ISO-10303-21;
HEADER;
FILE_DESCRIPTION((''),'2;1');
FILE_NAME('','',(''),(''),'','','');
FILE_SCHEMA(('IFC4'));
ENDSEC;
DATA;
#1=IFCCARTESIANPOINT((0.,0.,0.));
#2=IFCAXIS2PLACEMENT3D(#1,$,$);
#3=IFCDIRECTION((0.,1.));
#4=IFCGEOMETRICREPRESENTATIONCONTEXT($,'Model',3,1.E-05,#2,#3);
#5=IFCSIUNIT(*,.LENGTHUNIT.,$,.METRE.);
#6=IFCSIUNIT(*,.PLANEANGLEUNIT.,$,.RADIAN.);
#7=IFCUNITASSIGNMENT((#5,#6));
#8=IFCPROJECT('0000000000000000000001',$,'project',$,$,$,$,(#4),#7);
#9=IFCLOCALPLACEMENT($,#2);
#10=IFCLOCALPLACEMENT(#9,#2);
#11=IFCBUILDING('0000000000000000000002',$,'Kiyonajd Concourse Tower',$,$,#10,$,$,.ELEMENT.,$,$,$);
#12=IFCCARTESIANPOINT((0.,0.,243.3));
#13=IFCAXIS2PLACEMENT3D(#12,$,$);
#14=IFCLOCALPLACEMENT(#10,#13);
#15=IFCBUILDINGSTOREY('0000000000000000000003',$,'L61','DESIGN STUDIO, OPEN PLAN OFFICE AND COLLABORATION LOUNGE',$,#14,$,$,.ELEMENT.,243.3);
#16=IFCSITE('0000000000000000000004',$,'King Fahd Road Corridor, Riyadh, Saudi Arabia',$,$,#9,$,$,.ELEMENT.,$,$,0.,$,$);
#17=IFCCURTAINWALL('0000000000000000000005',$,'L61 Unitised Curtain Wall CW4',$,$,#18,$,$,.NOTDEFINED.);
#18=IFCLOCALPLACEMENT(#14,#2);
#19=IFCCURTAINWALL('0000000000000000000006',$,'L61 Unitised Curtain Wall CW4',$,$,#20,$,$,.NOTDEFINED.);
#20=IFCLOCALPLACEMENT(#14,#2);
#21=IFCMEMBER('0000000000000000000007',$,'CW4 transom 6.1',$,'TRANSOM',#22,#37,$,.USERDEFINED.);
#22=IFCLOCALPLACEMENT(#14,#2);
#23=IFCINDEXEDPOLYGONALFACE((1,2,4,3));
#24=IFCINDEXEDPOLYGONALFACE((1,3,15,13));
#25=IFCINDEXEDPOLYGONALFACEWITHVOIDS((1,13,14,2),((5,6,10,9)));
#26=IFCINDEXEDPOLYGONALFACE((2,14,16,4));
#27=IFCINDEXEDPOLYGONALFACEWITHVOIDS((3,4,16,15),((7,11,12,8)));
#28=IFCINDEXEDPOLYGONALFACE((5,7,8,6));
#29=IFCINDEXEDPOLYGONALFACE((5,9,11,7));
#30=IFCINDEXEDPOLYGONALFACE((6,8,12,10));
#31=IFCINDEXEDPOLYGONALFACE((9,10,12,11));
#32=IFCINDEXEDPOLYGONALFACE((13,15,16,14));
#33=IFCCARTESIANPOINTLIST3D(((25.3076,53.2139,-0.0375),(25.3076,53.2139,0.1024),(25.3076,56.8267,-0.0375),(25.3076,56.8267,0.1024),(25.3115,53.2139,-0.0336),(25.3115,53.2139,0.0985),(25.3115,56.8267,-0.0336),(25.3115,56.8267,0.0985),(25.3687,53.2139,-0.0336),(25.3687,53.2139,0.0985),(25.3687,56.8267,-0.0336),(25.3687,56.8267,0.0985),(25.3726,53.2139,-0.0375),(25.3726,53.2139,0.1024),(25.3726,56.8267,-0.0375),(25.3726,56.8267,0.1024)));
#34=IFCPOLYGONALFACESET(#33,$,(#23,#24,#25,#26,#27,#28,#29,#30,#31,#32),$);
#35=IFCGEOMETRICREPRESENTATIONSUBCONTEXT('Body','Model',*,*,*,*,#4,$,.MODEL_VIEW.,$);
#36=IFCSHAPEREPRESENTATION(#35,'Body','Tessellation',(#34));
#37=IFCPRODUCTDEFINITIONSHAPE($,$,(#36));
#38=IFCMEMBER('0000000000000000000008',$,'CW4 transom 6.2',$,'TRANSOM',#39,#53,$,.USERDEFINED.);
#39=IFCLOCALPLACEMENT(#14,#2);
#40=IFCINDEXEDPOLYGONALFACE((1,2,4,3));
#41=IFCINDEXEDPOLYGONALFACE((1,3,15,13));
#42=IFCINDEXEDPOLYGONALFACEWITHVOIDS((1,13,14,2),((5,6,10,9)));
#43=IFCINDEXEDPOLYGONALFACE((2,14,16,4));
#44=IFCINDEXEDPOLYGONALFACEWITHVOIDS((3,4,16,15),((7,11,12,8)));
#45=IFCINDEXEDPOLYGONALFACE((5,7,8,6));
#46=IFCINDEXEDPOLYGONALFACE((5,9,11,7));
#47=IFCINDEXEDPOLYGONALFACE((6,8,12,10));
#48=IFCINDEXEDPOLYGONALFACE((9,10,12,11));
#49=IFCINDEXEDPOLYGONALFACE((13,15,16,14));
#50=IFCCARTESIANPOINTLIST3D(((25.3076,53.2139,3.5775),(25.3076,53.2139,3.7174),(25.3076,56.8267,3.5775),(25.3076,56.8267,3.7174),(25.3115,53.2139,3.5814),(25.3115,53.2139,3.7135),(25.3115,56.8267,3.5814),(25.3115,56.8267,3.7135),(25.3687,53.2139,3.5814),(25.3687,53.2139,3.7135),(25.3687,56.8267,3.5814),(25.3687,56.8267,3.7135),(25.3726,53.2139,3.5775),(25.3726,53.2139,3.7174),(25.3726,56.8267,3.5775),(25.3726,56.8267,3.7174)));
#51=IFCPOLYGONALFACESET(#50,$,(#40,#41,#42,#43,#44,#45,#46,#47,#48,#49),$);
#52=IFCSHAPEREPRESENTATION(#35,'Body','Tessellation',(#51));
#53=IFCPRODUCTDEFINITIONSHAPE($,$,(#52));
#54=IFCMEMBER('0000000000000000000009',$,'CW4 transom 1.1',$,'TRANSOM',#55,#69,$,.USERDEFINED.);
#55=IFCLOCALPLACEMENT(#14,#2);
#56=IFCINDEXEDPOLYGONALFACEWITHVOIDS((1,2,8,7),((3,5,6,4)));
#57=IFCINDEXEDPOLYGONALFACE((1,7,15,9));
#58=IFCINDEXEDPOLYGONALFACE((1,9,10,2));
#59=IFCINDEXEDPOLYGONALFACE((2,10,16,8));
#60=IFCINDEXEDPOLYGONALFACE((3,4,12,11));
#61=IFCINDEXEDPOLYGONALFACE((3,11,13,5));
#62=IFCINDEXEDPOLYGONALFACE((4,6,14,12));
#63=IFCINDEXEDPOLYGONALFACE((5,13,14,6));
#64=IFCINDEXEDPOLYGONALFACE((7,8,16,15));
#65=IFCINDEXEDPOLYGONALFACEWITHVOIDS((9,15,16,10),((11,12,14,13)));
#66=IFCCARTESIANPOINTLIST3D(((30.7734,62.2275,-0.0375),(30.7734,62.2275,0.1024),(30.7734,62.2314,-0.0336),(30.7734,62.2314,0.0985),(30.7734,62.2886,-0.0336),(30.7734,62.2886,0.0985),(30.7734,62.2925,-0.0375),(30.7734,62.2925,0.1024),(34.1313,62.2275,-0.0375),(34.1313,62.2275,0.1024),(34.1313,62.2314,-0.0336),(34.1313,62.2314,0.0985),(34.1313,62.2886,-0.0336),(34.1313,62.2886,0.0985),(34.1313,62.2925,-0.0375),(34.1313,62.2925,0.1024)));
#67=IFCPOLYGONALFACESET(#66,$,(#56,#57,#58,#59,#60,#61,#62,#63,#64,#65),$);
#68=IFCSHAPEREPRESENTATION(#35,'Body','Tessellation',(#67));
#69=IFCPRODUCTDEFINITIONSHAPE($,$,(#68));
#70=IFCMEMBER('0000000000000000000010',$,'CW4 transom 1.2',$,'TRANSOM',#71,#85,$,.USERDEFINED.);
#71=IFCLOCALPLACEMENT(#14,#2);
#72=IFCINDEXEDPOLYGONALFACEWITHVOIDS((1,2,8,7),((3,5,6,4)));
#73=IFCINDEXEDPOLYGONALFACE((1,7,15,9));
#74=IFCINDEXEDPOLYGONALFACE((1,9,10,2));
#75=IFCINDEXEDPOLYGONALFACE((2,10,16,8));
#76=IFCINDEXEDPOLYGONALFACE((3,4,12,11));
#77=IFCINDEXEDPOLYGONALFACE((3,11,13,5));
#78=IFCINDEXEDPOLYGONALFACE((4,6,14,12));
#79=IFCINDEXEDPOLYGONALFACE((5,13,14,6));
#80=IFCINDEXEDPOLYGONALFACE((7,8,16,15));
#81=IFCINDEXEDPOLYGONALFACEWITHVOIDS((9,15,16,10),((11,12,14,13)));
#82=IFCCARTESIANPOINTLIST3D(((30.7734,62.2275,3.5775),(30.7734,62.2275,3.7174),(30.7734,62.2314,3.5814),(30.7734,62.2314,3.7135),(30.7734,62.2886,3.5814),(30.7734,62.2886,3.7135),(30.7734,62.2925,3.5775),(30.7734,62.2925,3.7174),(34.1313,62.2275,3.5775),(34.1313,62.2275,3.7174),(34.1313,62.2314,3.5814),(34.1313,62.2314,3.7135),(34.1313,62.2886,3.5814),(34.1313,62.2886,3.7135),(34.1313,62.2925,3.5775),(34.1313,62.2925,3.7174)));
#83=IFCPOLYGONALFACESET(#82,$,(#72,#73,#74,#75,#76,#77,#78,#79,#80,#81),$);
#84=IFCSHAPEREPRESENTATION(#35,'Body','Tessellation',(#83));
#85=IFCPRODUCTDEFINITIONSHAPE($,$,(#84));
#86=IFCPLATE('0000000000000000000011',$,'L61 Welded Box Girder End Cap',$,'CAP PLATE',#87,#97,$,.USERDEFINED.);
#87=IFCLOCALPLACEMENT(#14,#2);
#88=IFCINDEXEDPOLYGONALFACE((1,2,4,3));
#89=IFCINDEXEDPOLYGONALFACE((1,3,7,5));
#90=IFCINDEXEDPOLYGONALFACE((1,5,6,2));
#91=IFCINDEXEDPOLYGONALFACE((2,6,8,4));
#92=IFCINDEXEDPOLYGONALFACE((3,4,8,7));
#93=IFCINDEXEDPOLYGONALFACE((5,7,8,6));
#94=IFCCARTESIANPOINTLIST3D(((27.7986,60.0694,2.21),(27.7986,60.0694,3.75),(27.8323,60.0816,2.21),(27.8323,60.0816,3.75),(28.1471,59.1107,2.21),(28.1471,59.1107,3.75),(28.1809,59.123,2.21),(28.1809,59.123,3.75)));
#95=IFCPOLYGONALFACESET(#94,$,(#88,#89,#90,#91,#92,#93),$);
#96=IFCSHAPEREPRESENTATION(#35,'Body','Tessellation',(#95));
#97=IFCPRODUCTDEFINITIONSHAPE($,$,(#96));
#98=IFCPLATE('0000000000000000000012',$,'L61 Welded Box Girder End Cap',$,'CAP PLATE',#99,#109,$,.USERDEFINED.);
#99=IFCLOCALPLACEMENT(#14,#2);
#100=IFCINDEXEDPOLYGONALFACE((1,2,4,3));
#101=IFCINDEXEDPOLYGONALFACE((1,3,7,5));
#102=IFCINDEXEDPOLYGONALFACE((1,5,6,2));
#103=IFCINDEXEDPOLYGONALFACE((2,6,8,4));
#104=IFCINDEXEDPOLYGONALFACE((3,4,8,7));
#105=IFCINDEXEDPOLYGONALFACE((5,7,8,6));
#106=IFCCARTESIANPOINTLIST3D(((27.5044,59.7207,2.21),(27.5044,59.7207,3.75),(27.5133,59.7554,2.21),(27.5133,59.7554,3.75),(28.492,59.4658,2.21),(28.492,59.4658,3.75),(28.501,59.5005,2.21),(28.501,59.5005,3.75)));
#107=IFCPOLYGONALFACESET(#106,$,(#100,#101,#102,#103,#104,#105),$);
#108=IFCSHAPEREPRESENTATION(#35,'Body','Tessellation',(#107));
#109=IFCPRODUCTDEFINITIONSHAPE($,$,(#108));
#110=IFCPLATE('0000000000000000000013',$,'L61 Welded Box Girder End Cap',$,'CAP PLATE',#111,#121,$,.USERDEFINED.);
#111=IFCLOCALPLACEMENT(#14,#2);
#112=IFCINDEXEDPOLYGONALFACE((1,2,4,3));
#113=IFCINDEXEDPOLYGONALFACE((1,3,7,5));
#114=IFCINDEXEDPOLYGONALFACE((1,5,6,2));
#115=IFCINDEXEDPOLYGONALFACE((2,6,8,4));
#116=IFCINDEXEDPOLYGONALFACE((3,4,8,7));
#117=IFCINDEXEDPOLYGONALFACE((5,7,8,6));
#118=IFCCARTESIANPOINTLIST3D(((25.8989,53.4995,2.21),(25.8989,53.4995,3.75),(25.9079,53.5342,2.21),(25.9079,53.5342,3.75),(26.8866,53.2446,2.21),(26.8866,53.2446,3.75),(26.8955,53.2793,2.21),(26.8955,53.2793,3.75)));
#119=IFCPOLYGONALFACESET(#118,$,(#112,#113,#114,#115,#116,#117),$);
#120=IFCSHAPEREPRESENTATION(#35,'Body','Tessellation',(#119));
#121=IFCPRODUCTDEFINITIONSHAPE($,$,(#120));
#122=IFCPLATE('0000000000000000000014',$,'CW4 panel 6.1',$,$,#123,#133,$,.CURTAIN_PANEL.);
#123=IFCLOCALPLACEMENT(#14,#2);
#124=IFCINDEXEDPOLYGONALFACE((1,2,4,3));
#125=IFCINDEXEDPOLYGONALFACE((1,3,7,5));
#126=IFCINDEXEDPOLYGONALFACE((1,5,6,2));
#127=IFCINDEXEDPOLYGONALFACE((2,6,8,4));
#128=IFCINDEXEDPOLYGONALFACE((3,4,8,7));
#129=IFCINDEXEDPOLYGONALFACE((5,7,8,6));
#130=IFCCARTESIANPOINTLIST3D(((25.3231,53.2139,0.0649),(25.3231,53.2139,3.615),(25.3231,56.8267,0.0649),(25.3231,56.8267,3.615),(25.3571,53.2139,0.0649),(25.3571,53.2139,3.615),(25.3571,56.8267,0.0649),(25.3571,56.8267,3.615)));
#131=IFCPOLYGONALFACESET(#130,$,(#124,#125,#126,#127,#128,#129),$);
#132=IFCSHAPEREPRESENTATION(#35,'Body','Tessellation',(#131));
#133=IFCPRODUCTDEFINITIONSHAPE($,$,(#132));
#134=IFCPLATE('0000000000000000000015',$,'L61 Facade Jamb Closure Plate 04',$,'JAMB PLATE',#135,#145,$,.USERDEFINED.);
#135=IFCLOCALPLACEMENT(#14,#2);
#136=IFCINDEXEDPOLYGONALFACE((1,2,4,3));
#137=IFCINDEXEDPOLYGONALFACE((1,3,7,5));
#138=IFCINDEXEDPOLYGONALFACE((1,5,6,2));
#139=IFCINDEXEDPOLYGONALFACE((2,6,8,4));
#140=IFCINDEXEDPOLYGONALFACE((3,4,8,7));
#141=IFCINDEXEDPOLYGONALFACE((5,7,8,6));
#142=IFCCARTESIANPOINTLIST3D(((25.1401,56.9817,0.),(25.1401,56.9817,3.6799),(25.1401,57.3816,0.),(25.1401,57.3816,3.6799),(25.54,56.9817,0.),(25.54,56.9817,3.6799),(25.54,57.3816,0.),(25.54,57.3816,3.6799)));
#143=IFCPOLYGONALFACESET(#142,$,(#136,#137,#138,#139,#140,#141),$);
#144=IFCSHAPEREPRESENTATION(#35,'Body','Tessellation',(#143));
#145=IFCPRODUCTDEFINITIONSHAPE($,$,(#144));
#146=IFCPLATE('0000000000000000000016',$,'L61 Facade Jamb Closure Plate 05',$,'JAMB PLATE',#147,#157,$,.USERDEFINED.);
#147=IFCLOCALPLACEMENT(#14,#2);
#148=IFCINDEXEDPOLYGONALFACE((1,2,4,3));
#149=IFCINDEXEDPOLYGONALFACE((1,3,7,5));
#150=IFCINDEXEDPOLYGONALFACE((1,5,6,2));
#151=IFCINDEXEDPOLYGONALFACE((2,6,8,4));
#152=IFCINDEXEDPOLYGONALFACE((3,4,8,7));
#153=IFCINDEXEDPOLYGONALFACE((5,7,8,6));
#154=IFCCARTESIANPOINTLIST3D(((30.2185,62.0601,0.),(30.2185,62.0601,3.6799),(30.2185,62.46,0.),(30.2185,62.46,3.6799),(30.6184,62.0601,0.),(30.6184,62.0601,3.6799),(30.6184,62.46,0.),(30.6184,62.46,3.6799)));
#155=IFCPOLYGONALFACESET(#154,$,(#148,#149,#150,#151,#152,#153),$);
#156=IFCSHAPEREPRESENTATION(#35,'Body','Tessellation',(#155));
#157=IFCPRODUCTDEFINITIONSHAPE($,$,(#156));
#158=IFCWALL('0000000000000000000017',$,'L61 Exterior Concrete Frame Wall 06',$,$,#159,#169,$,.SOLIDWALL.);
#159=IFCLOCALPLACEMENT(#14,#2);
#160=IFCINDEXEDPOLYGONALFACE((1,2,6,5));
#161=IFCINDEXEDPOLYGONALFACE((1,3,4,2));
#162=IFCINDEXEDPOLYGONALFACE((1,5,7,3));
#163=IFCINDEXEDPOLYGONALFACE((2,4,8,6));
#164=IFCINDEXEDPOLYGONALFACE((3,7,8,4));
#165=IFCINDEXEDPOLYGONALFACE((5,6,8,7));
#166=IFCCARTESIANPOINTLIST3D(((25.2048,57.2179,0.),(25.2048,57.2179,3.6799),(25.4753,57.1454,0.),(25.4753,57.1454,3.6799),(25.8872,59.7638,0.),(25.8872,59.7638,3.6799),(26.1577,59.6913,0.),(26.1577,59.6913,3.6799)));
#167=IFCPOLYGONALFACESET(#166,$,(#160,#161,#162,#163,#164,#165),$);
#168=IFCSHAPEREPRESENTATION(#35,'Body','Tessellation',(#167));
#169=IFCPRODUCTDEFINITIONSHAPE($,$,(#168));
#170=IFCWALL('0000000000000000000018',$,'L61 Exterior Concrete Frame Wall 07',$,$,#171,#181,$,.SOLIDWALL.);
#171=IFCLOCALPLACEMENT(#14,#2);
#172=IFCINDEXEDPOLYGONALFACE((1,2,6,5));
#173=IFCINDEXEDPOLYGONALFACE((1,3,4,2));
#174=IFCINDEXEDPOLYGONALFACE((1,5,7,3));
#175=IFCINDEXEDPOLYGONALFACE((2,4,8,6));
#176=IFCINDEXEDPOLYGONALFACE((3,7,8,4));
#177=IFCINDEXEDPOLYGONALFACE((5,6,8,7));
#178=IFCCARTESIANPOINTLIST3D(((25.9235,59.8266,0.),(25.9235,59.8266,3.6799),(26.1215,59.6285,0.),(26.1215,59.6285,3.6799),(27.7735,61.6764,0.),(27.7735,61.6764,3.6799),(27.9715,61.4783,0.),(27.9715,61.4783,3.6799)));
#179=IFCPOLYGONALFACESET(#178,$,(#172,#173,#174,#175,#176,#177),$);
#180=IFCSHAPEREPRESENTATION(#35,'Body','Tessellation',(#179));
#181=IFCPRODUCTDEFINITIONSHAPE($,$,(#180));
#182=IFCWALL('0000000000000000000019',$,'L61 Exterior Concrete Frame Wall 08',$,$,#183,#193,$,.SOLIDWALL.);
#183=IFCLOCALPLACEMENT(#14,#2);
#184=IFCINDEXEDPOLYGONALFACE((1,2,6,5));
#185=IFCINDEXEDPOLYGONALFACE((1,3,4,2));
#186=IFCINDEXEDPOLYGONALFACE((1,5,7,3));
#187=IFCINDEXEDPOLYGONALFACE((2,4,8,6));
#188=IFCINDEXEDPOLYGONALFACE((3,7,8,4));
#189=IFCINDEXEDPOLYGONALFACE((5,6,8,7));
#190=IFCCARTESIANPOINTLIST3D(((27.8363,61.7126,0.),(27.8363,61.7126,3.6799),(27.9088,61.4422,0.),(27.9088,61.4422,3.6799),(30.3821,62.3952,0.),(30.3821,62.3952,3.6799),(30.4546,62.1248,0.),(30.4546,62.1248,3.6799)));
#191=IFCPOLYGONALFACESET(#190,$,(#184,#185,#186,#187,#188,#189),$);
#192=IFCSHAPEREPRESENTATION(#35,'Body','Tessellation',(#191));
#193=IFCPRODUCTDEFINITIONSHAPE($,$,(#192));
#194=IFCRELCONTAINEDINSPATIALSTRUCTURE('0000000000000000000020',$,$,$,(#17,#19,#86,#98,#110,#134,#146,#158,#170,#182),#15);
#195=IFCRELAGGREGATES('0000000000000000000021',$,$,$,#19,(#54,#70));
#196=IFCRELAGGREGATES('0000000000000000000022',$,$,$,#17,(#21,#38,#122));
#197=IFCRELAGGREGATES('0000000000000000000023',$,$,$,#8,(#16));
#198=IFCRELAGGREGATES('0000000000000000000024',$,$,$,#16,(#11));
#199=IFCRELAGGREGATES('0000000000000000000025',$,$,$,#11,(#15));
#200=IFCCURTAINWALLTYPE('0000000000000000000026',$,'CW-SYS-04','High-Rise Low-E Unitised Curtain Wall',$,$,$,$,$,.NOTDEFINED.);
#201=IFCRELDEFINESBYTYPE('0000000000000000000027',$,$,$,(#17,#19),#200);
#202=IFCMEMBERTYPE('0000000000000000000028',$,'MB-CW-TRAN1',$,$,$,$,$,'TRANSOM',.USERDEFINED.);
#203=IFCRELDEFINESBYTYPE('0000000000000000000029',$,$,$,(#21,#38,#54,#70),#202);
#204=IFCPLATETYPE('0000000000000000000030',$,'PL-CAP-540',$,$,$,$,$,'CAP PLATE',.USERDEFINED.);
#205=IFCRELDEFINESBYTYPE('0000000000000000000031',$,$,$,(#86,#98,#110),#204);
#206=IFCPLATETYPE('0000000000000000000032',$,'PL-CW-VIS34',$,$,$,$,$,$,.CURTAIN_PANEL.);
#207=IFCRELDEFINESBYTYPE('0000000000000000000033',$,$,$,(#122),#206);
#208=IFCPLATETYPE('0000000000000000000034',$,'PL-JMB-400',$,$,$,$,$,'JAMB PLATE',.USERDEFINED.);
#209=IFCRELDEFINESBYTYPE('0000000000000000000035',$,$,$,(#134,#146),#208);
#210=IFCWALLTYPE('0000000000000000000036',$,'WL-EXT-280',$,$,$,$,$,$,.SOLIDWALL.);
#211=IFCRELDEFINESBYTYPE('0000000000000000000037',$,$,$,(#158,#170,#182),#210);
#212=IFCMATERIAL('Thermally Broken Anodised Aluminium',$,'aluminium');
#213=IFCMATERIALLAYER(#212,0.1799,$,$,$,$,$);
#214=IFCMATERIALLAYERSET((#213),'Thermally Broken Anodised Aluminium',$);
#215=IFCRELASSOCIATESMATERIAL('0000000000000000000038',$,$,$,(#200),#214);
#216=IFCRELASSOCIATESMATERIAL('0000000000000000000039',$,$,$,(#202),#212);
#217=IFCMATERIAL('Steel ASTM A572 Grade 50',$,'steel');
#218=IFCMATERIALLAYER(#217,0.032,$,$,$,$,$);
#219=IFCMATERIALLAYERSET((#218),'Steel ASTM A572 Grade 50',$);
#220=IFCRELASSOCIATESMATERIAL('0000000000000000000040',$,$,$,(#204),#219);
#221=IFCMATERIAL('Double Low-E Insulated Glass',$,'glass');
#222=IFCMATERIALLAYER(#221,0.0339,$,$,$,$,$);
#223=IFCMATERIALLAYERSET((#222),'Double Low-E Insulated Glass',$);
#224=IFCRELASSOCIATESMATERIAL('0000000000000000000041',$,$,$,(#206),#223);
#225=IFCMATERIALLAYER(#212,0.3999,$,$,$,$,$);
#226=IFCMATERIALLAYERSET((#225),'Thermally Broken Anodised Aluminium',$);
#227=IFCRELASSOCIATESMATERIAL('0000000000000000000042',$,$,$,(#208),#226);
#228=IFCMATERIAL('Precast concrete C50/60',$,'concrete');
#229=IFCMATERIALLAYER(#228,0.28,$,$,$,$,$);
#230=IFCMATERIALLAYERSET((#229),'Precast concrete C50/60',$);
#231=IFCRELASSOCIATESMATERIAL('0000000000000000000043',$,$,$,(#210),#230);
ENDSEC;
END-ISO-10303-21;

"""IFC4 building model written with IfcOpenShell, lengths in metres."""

from ifc_helpers import new_model, si_unit, direction, frame, frame_2d, origin, origin_2d, place, context, subcontext, project, spatial, rectangle, hollow_rectangle, extrude, material, layer, layer_set, material_profile, profile_set, type_object, element, aggregate, save


model = new_model("IFC4")

# Units and contexts
model_context = context("Model", 3, precision=1e-05, world=origin(), true_north=direction((0.0, 1.0)))
body_context = subcontext(model_context, "Body", "Model", "MODEL_VIEW")
ifc_project = project(units=[si_unit("LENGTHUNIT", "METRE"), si_unit("PLANEANGLEUNIT", "RADIAN")], contexts=[model_context])

# Site, building, storey
site_placement = place(None, origin())
site = spatial("IfcSite", under=ifc_project, at=site_placement, Name="King Fahd Road Corridor, Riyadh, Saudi Arabia", CompositionType="ELEMENT", RefElevation=0.0)
building_placement = place(site_placement, origin())
building = spatial("IfcBuilding", under=site, at=building_placement, Name="Kiyonajd Concourse Tower", CompositionType="ELEMENT")
storey_placement = place(building_placement, frame((0.0, 0.0, 243.3)))
storey = spatial("IfcBuildingStorey", under=building, at=storey_placement, Name="L61", Description="DESIGN STUDIO, OPEN PLAN OFFICE AND COLLABORATION LOUNGE", CompositionType="ELEMENT", Elevation=243.3)

# Shared definitions
ifc_material_1 = material(Name="Steel ASTM A572 Grade 50", Category="steel")

# Curtain wall
ifc_material_2 = material(Name="Thermally Broken Anodised Aluminium", Category="aluminium")
ifc_layer_1 = layer(ifc_material_2, 0.1799)
ifc_layer_set_1 = layer_set([ifc_layer_1], Name="Thermally Broken Anodised Aluminium")
curtain_wall_type = type_object("IfcCurtainWallType", Name="CW-SYS-04", Description="High-Rise Low-E Unitised Curtain Wall", PredefinedType="NOTDEFINED", material=ifc_layer_set_1)
curtain_wall_1_placement = place(storey_placement, origin())
curtain_wall_1 = element("IfcCurtainWall", 1, at=curtain_wall_1_placement, inside=storey, type_object=curtain_wall_type, Name="L61 Unitised Curtain Wall CW4", PredefinedType="NOTDEFINED")

# Curtain wall
curtain_wall_2_placement = place(storey_placement, origin())
curtain_wall_2 = element("IfcCurtainWall", 2, at=curtain_wall_2_placement, inside=storey, type_object=curtain_wall_type, Name="L61 Unitised Curtain Wall CW4", PredefinedType="NOTDEFINED")

# Members
ifc_material_profile_1 = material_profile(ifc_material_2, hollow_rectangle(XDim=0.0649, YDim=0.1399, WallThickness=0.0039, at=origin_2d()), Name="TRAN-65x140")
ifc_profile_set_1 = profile_set([ifc_material_profile_1], Name="Thermally Broken Anodised Aluminium")
member_type_1 = type_object("IfcMemberType", Name="MB-CW-TRAN1", ElementType="TRANSOM", PredefinedType="USERDEFINED", material=ifc_profile_set_1)
member_1_placement = place(storey_placement, frame((25.3401, 53.2139, 0.0325), z_axis=(0.0, 1.0, 0.0), x_axis=(-1.0, 0.0, 0.0)))
member_1 = element("IfcMember", 3, at=member_1_placement, type_object=member_type_1, Name="CW4 transom 6.1", ObjectType="TRANSOM", PredefinedType="USERDEFINED", context=body_context, shape_type="SweptSolid", body=[
    extrude(hollow_rectangle(XDim=0.0649, YDim=0.1399, WallThickness=0.0039, at=origin_2d()), origin(), (0.0, 0.0, 1.0), 3.6128),
])
member_2_placement = place(storey_placement, frame((25.3401, 53.2139, 3.6475), z_axis=(0.0, 1.0, 0.0), x_axis=(-1.0, 0.0, 0.0)))
member_2 = element("IfcMember", 4, at=member_2_placement, type_object=member_type_1, Name="CW4 transom 6.2", ObjectType="TRANSOM", PredefinedType="USERDEFINED", context=body_context, shape_type="SweptSolid", body=[
    extrude(hollow_rectangle(XDim=0.0649, YDim=0.1399, WallThickness=0.0039, at=origin_2d()), origin(), (0.0, 0.0, 1.0), 3.6128),
])
member_3_placement = place(storey_placement, frame((30.7734, 62.26, 0.0325), z_axis=(1.0, 0.0, 0.0), x_axis=(0.0, 1.0, 0.0)))
member_3 = element("IfcMember", 5, at=member_3_placement, type_object=member_type_1, Name="CW4 transom 1.1", ObjectType="TRANSOM", PredefinedType="USERDEFINED", context=body_context, shape_type="SweptSolid", body=[
    extrude(hollow_rectangle(XDim=0.0649, YDim=0.1399, WallThickness=0.0039, at=origin_2d()), origin(), (0.0, 0.0, 1.0), 3.3579),
])
member_4_placement = place(storey_placement, frame((30.7734, 62.26, 3.6475), z_axis=(1.0, 0.0, 0.0), x_axis=(0.0, 1.0, 0.0)))
member_4 = element("IfcMember", 6, at=member_4_placement, type_object=member_type_1, Name="CW4 transom 1.2", ObjectType="TRANSOM", PredefinedType="USERDEFINED", context=body_context, shape_type="SweptSolid", body=[
    extrude(hollow_rectangle(XDim=0.0649, YDim=0.1399, WallThickness=0.0039, at=origin_2d()), origin(), (0.0, 0.0, 1.0), 3.3579),
])
aggregate(curtain_wall_2, [member_3, member_4])

# Plates
ifc_layer_2 = layer(ifc_material_1, 0.032)
ifc_layer_set_2 = layer_set([ifc_layer_2], Name="Steel ASTM A572 Grade 50")
plate_type_1 = type_object("IfcPlateType", Name="PL-CAP-540", ElementType="CAP PLATE", PredefinedType="USERDEFINED", material=ifc_layer_set_2)
for number, where, z_axis, x_axis, name in (
    (7, (27.9897, 59.5962, 2.21), (0.0, 0.0, 1.0), (-0.939812, -0.341692, 0.0), "L61 Welded Box Girder End Cap"),
    (8, (28.0027, 59.6106, 2.21), (0.0, 0.0, 1.0), (0.249873, 0.968279, 0.0), "L61 Welded Box Girder End Cap"),
    (9, (26.3972, 53.3894, 2.21), (0.0, 0.0, 1.0), (-0.249873, -0.968279, 0.0), "L61 Welded Box Girder End Cap"),
):
    element("IfcPlate", number, at=place(storey_placement, frame(where, z_axis=z_axis, x_axis=x_axis)), inside=storey, type_object=plate_type_1, Name=name, ObjectType="CAP PLATE", PredefinedType="USERDEFINED", context=body_context, shape_type="SweptSolid", body=[
        extrude(rectangle(XDim=0.0359, YDim=1.02, at=origin_2d()), origin(), (0.0, 0.0, 1.0), 1.54),
    ])

# Plate
ifc_material_3 = material(Name="Double Low-E Insulated Glass", Category="glass")
ifc_layer_3 = layer(ifc_material_3, 0.0339)
ifc_layer_set_3 = layer_set([ifc_layer_3], Name="Double Low-E Insulated Glass")
plate_type_2 = type_object("IfcPlateType", Name="PL-CW-VIS34", PredefinedType="CURTAIN_PANEL", material=ifc_layer_set_3)
plate_placement = place(storey_placement, frame((25.3401, 55.0203, 0.0649), z_axis=(0.0, 0.0, 1.0), x_axis=(0.0, 1.0, 0.0)))
plate = element("IfcPlate", 10, at=plate_placement, type_object=plate_type_2, Name="CW4 panel 6.1", PredefinedType="CURTAIN_PANEL", context=body_context, shape_type="SweptSolid", body=[
    extrude(rectangle(XDim=3.6128, YDim=0.0339, at=origin_2d()), origin(), (0.0, 0.0, 1.0), 3.55),
])
aggregate(curtain_wall_1, [member_1, member_2, plate])

# Plates
ifc_layer_4 = layer(ifc_material_2, 0.3999)
ifc_layer_set_4 = layer_set([ifc_layer_4], Name="Thermally Broken Anodised Aluminium")
plate_type_3 = type_object("IfcPlateType", Name="PL-JMB-400", ElementType="JAMB PLATE", PredefinedType="USERDEFINED", material=ifc_layer_set_4)
for number, where, z_axis, x_axis, name in (
    (11, (25.3401, 57.1816, 0.0), (0.0, 0.0, 1.0), (1.0, 0.0, 0.0), "L61 Facade Jamb Closure Plate 04"),
    (12, (30.4185, 62.26, 0.0), (0.0, 0.0, 1.0), (1.0, 0.0, 0.0), "L61 Facade Jamb Closure Plate 05"),
):
    element("IfcPlate", number, at=place(storey_placement, frame(where, z_axis=z_axis, x_axis=x_axis)), inside=storey, type_object=plate_type_3, Name=name, ObjectType="JAMB PLATE", PredefinedType="USERDEFINED", context=body_context, shape_type="SweptSolid", body=[
        extrude(rectangle(XDim=0.3999, YDim=0.3999, at=origin_2d()), origin(), (0.0, 0.0, 1.0), 3.6799),
    ])

# Walls
ifc_material_4 = material(Name="Precast concrete C50/60", Category="concrete")
ifc_layer_5 = layer(ifc_material_4, 0.28)
ifc_layer_set_5 = layer_set([ifc_layer_5], Name="Precast concrete C50/60")
wall_type = type_object("IfcWallType", Name="WL-EXT-280", PredefinedType="SOLIDWALL", material=ifc_layer_set_5)
wall_1_placement = place(storey_placement, frame((25.3401, 57.1816, 0.0), z_axis=(0.0, 0.0, 1.0), x_axis=(0.25889, 0.965907, 0.0)))
element("IfcWall", 13, at=wall_1_placement, inside=storey, type_object=wall_type, Name="L61 Exterior Concrete Frame Wall 06", PredefinedType="SOLIDWALL", context=body_context, shape_type="SweptSolid", body=[
    extrude(rectangle(XDim=2.6357, YDim=0.28, at=frame_2d((1.3179, 0.0))), origin(), (0.0, 0.0, 1.0), 3.6799),
])
wall_2_placement = place(storey_placement, frame((26.0225, 59.7275, 0.0), z_axis=(0.0, 0.0, 1.0), x_axis=(0.707153, 0.70706, 0.0)))
element("IfcWall", 14, at=wall_2_placement, inside=storey, type_object=wall_type, Name="L61 Exterior Concrete Frame Wall 07", PredefinedType="SOLIDWALL", context=body_context, shape_type="SweptSolid", body=[
    extrude(rectangle(XDim=2.6162, YDim=0.28, at=frame_2d((1.3081, 0.0))), origin(), (0.0, 0.0, 1.0), 3.6799),
])
wall_3_placement = place(storey_placement, frame((27.8726, 61.5774, 0.0), z_axis=(0.0, 0.0, 1.0), x_axis=(0.965884, 0.258977, 0.0)))
element("IfcWall", 15, at=wall_3_placement, inside=storey, type_object=wall_type, Name="L61 Exterior Concrete Frame Wall 08", PredefinedType="SOLIDWALL", context=body_context, shape_type="SweptSolid", body=[
    extrude(rectangle(XDim=2.6357, YDim=0.28, at=frame_2d((1.3179, 0.0))), origin(), (0.0, 0.0, 1.0), 3.6799),
])

save(model, "model.ifc")
